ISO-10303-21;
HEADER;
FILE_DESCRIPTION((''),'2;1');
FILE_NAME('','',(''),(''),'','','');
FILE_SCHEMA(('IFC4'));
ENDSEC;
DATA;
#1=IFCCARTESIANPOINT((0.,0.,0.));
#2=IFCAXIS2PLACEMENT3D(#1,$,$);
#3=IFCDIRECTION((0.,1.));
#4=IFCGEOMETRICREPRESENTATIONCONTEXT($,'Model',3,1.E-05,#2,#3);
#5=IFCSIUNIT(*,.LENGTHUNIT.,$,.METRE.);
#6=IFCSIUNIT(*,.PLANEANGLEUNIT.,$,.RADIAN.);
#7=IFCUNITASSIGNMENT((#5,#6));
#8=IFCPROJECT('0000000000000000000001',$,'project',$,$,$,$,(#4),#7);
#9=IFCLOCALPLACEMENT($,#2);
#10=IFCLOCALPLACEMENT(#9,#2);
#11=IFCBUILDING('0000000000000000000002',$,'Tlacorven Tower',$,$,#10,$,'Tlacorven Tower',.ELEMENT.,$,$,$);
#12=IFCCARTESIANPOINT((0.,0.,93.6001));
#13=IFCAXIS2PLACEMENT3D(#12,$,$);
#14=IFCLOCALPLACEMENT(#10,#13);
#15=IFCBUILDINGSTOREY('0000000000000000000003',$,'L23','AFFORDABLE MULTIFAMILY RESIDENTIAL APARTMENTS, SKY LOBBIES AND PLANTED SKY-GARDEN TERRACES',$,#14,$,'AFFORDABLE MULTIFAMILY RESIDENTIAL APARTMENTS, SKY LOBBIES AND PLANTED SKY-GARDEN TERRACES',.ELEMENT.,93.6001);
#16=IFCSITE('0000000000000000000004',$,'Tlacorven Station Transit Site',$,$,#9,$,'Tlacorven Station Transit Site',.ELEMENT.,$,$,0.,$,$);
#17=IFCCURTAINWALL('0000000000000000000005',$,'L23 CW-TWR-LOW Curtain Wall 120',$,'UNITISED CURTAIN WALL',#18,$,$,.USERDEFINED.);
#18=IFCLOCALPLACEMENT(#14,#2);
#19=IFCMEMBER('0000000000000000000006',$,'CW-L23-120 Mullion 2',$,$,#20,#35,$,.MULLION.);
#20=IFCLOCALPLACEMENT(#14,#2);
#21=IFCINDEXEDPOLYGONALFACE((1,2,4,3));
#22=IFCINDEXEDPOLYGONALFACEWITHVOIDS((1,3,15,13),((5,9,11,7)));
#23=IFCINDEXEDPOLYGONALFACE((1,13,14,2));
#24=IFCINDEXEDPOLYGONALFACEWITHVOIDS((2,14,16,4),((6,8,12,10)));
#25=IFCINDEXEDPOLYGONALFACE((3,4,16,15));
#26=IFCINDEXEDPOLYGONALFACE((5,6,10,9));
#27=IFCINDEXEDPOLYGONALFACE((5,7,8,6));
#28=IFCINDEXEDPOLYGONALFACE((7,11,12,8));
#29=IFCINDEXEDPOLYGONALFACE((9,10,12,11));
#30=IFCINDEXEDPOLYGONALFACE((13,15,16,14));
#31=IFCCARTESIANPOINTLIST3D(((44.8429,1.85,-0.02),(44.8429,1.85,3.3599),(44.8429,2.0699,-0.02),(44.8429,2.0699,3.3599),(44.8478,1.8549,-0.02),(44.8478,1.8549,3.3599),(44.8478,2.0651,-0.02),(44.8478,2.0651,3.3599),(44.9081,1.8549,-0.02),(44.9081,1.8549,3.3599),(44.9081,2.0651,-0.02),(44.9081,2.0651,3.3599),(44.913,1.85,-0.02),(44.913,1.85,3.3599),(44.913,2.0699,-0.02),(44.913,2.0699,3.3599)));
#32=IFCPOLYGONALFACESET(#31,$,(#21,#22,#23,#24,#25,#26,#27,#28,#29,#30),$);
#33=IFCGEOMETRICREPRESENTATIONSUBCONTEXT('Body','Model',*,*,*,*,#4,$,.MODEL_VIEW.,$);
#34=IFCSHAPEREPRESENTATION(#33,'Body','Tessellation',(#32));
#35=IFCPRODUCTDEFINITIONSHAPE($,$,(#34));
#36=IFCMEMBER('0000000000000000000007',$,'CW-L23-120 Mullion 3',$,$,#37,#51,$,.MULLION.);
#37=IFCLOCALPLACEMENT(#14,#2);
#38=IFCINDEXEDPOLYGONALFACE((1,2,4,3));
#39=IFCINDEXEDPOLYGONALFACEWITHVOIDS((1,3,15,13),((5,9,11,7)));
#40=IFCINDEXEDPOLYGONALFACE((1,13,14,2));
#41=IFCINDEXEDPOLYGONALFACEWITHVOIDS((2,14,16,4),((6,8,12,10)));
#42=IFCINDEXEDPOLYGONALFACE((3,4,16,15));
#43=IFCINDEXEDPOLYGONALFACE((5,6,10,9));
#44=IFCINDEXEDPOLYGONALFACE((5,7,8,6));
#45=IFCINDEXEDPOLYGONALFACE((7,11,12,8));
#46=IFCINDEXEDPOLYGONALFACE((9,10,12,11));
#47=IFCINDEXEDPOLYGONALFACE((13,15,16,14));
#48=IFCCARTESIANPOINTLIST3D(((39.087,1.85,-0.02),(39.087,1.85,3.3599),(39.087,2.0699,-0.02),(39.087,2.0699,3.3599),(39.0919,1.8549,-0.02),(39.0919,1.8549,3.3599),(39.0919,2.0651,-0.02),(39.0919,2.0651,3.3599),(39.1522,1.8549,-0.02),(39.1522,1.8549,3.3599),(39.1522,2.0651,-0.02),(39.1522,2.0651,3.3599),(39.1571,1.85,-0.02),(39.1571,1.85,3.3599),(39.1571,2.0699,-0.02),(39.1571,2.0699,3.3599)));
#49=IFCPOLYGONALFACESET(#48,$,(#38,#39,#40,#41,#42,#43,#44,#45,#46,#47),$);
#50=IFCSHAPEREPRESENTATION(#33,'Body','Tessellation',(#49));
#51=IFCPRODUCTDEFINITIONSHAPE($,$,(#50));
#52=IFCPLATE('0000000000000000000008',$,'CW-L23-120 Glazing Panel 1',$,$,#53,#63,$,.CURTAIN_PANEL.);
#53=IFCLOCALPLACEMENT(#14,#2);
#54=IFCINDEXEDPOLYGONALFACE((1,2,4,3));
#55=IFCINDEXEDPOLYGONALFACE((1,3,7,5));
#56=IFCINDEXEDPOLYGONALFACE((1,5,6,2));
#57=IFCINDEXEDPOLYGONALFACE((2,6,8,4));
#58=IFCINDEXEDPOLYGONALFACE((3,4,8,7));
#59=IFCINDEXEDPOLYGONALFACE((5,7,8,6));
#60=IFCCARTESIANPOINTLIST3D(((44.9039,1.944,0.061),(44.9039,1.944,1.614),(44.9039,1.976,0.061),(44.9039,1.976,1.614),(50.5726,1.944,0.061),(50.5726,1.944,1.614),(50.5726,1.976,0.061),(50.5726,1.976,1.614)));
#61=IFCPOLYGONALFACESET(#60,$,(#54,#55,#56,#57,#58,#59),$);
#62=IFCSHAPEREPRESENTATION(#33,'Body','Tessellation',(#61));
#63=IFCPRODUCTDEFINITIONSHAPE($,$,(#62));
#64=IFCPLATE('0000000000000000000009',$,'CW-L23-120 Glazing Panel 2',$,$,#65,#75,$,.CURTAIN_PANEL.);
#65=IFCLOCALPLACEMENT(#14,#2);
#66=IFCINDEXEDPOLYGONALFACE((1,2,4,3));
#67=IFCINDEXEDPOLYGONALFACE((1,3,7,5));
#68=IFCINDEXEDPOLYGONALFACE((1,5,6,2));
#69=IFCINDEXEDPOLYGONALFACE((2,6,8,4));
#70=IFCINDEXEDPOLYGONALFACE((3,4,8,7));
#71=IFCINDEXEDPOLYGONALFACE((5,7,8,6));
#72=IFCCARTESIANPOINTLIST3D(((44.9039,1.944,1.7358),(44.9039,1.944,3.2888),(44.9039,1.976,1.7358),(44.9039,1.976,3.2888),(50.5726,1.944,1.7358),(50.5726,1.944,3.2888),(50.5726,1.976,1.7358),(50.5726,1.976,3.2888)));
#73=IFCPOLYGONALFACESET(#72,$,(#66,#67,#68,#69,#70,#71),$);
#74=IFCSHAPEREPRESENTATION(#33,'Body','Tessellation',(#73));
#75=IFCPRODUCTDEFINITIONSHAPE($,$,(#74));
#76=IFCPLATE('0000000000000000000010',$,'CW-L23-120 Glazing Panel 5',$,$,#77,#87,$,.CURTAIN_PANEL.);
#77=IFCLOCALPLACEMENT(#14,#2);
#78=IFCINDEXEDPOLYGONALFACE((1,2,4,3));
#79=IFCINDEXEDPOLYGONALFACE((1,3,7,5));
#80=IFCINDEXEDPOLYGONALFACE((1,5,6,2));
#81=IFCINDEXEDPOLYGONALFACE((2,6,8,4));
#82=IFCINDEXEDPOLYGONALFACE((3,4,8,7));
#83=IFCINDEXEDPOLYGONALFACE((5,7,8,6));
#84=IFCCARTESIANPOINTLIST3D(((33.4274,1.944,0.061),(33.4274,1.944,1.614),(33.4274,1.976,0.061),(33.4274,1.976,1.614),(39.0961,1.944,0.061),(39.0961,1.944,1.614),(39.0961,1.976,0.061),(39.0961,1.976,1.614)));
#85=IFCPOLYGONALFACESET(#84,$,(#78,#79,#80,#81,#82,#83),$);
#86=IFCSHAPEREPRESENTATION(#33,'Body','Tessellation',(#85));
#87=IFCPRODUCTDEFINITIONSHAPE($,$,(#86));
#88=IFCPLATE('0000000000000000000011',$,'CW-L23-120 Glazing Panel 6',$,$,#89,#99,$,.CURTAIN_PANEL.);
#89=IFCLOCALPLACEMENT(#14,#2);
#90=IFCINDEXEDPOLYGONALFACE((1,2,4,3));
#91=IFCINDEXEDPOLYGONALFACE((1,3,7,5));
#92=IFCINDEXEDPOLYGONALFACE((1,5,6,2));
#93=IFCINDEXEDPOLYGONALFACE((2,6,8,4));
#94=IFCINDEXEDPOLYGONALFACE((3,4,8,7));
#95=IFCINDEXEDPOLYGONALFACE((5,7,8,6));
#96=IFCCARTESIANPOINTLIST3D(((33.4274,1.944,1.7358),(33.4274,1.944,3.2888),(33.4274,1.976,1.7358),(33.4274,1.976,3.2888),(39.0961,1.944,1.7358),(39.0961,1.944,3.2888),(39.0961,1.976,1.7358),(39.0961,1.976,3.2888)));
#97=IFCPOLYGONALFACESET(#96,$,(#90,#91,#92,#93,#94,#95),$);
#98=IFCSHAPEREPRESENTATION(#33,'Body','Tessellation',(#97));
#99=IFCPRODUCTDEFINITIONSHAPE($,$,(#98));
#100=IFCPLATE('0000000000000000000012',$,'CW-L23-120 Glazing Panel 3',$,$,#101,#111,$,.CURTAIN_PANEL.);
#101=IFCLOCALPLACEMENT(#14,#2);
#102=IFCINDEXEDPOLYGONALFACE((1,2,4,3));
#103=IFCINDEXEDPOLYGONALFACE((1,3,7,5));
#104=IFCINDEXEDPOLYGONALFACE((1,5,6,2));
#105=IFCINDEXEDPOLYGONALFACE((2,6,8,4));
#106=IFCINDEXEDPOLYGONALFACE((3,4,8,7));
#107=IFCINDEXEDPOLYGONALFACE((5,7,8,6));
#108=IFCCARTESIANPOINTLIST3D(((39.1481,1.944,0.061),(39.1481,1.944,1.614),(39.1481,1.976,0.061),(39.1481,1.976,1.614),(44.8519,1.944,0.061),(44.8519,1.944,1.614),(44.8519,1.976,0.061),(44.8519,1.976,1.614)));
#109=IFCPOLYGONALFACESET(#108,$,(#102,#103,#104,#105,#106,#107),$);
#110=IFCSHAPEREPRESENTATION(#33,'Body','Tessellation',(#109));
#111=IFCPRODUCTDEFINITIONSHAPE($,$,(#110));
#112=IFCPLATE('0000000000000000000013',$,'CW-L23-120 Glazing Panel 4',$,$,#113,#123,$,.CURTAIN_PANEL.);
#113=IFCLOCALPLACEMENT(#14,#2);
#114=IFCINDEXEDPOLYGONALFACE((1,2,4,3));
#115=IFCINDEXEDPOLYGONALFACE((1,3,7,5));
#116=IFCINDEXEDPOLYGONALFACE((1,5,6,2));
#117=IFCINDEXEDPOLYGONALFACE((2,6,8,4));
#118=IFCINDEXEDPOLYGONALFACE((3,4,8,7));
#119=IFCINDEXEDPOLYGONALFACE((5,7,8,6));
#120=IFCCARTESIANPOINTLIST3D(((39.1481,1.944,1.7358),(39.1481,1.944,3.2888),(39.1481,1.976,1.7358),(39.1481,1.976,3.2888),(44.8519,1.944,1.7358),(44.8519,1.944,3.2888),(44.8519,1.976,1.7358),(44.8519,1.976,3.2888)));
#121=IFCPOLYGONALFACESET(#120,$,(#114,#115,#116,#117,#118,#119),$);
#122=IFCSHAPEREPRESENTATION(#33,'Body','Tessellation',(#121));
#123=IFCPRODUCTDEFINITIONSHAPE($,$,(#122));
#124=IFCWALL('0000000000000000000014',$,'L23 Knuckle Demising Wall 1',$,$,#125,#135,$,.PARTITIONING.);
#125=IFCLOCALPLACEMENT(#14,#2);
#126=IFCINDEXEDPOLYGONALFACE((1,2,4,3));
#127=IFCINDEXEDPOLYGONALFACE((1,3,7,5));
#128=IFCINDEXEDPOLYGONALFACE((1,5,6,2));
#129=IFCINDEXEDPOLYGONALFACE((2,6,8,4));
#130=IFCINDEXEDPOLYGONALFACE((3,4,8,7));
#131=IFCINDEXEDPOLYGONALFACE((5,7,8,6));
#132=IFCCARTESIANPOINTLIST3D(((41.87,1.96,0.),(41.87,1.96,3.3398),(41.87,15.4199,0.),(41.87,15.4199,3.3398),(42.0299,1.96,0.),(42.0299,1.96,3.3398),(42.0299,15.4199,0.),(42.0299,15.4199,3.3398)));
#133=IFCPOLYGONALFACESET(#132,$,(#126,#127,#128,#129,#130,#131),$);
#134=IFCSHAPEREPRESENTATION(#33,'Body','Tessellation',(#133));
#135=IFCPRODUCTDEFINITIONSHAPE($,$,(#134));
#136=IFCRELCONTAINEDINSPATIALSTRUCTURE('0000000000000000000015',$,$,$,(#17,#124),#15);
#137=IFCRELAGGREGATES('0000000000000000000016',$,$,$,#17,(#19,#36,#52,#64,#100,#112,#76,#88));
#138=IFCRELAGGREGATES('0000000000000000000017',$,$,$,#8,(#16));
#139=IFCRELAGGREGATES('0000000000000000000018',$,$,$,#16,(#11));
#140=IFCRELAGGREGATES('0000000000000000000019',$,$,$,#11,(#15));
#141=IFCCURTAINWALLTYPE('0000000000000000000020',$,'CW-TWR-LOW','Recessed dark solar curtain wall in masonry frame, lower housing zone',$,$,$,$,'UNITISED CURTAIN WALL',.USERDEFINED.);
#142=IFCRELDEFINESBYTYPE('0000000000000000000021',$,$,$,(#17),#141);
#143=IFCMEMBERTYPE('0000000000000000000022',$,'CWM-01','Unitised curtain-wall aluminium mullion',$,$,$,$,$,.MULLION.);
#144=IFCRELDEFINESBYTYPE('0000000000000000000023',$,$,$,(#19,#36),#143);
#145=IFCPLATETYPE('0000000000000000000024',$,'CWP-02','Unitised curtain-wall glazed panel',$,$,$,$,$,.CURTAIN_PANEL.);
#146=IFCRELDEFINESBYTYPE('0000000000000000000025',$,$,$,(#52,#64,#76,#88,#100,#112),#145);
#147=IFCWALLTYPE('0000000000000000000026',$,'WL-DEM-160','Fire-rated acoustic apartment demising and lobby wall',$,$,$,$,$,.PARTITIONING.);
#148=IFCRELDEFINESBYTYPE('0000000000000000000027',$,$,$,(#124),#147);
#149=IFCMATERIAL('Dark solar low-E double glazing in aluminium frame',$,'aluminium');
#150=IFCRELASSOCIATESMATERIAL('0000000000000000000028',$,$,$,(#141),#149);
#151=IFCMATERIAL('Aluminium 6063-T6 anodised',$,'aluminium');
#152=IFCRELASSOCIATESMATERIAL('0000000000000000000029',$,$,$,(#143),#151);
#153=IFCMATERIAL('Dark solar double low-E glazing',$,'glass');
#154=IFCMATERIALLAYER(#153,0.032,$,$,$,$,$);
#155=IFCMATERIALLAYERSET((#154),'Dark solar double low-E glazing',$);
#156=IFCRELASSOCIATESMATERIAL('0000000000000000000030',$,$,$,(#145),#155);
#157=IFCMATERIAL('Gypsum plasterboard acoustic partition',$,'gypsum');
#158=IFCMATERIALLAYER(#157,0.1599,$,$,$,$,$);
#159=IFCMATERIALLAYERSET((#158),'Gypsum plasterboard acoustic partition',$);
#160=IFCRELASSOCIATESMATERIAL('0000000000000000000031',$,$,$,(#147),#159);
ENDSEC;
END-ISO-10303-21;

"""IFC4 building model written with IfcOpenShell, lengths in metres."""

from ifc_helpers import new_model, si_unit, direction, frame, frame_2d, origin, origin_2d, place, context, subcontext, project, spatial, rectangle, hollow_rectangle, extrude, source, transform, mapped, material, layer, layer_set, material_profile, profile_set, type_object, element, aggregate, save


model = new_model("IFC4")

# Units and contexts
model_context = context("Model", 3, precision=1e-05, world=origin(), true_north=direction((0.0, 1.0)))
body_context = subcontext(model_context, "Body", "Model", "MODEL_VIEW")
ifc_project = project(units=[si_unit("LENGTHUNIT", "METRE"), si_unit("PLANEANGLEUNIT", "RADIAN")], contexts=[model_context])

# Site, building, storey
site_placement = place(None, origin())
site = spatial("IfcSite", under=ifc_project, at=site_placement, Name="Tlacorven Station Transit Site", LongName="Tlacorven Station Transit Site", CompositionType="ELEMENT", RefElevation=0.0)
building_placement = place(site_placement, origin())
building = spatial("IfcBuilding", under=site, at=building_placement, Name="Tlacorven Tower", LongName="Tlacorven Tower", CompositionType="ELEMENT")
storey_placement = place(building_placement, frame((0.0, 0.0, 93.6001)))
storey = spatial("IfcBuildingStorey", under=building, at=storey_placement, Name="L23", Description="AFFORDABLE MULTIFAMILY RESIDENTIAL APARTMENTS, SKY LOBBIES AND PLANTED SKY-GARDEN TERRACES", LongName="AFFORDABLE MULTIFAMILY RESIDENTIAL APARTMENTS, SKY LOBBIES AND PLANTED SKY-GARDEN TERRACES", CompositionType="ELEMENT", Elevation=93.6001)

# Curtain wall
ifc_material_1 = material(Name="Dark solar low-E double glazing in aluminium frame", Category="aluminium")
curtain_wall_type = type_object("IfcCurtainWallType", Name="CW-TWR-LOW", Description="Recessed dark solar curtain wall in masonry frame, lower housing zone", ElementType="UNITISED CURTAIN WALL", PredefinedType="USERDEFINED", material=ifc_material_1)
curtain_wall_1_placement = place(storey_placement, origin())
curtain_wall_1 = element("IfcCurtainWall", 1, at=curtain_wall_1_placement, inside=storey, type_object=curtain_wall_type, Name="L23 CW-TWR-LOW Curtain Wall 120", ObjectType="UNITISED CURTAIN WALL", PredefinedType="USERDEFINED")
ifc_material_2 = material(Name="Aluminium 6063-T6 anodised", Category="aluminium")

# Shared definitions
ifc_material_profile_1 = material_profile(ifc_material_2, hollow_rectangle(XDim=0.0701, YDim=0.22, WallThickness=0.0049, at=origin_2d()), Name="ALU MULLION 70X220")
ifc_profile_set_1 = profile_set([ifc_material_profile_1], Name="Aluminium 6063-T6 anodised")
member_type_1 = type_object("IfcMemberType", Name="CWM-01", Description="Unitised curtain-wall aluminium mullion", PredefinedType="MULLION", material=ifc_profile_set_1)
shared_shape_1 = source(origin(), body_context, "Body", "SweptSolid", [
    extrude(hollow_rectangle(XDim=0.0701, YDim=0.22, WallThickness=0.0049, at=origin_2d()), origin(), (0.0, 0.0, 1.0), 3.3799),
])

# Members
member_1_placement = place(storey_placement, frame((44.8779, 1.96, -0.02), z_axis=(0.0, 0.0, 1.0), x_axis=(-1.0, 0.0, 0.0)))
member_1 = element("IfcMember", 2, at=member_1_placement, type_object=member_type_1, Name="CW-L23-120 Mullion 2", PredefinedType="MULLION", context=body_context, shape_type="MappedRepresentation", body=[
    mapped(shared_shape_1, transform((0.0, 0.0, 0.0), scale=1.0)),
])
member_2_placement = place(storey_placement, frame((39.1221, 1.96, -0.02), z_axis=(0.0, 0.0, 1.0), x_axis=(-1.0, 0.0, 0.0)))
member_2 = element("IfcMember", 3, at=member_2_placement, type_object=member_type_1, Name="CW-L23-120 Mullion 3", PredefinedType="MULLION", context=body_context, shape_type="MappedRepresentation", body=[
    mapped(shared_shape_1, transform((0.0, 0.0, 0.0), scale=1.0)),
])

# Plates
ifc_material_3 = material(Name="Dark solar double low-E glazing", Category="glass")
ifc_layer_1 = layer(ifc_material_3, 0.032)
ifc_layer_set_1 = layer_set([ifc_layer_1], Name="Dark solar double low-E glazing")
plate_type = type_object("IfcPlateType", Name="CWP-02", Description="Unitised curtain-wall glazed panel", PredefinedType="CURTAIN_PANEL", material=ifc_layer_set_1)
shared_shape_2 = source(origin(), body_context, "Body", "SweptSolid", [
    extrude(rectangle(XDim=5.6687, YDim=0.032, at=origin_2d()), origin(), (0.0, 0.0, 1.0), 1.553),
])
plate_1_placement = place(storey_placement, frame((47.7383, 1.96, 0.061), z_axis=(0.0, 0.0, 1.0), x_axis=(-1.0, 0.0, 0.0)))
plate_1 = element("IfcPlate", 4, at=plate_1_placement, type_object=plate_type, Name="CW-L23-120 Glazing Panel 1", PredefinedType="CURTAIN_PANEL", context=body_context, shape_type="MappedRepresentation", body=[
    mapped(shared_shape_2, transform((0.0, 0.0, 0.0), scale=1.0)),
])
plate_2_placement = place(storey_placement, frame((47.7383, 1.96, 1.7358), z_axis=(0.0, 0.0, 1.0), x_axis=(-1.0, 0.0, 0.0)))
plate_2 = element("IfcPlate", 5, at=plate_2_placement, type_object=plate_type, Name="CW-L23-120 Glazing Panel 2", PredefinedType="CURTAIN_PANEL", context=body_context, shape_type="MappedRepresentation", body=[
    mapped(shared_shape_2, transform((0.0, 0.0, 0.0), scale=1.0)),
])
plate_3_placement = place(storey_placement, frame((36.2617, 1.96, 0.061), z_axis=(0.0, 0.0, 1.0), x_axis=(-1.0, 0.0, 0.0)))
plate_3 = element("IfcPlate", 6, at=plate_3_placement, type_object=plate_type, Name="CW-L23-120 Glazing Panel 5", PredefinedType="CURTAIN_PANEL", context=body_context, shape_type="MappedRepresentation", body=[
    mapped(shared_shape_2, transform((0.0, 0.0, 0.0), scale=1.0)),
])
plate_4_placement = place(storey_placement, frame((36.2617, 1.96, 1.7358), z_axis=(0.0, 0.0, 1.0), x_axis=(-1.0, 0.0, 0.0)))
plate_4 = element("IfcPlate", 7, at=plate_4_placement, type_object=plate_type, Name="CW-L23-120 Glazing Panel 6", PredefinedType="CURTAIN_PANEL", context=body_context, shape_type="MappedRepresentation", body=[
    mapped(shared_shape_2, transform((0.0, 0.0, 0.0), scale=1.0)),
])
shared_shape_3 = source(origin(), body_context, "Body", "SweptSolid", [
    extrude(rectangle(XDim=5.7039, YDim=0.032, at=origin_2d()), origin(), (0.0, 0.0, 1.0), 1.553),
])
plate_5_placement = place(storey_placement, frame((42.0, 1.96, 0.061), z_axis=(0.0, 0.0, 1.0), x_axis=(-1.0, 0.0, 0.0)))
plate_5 = element("IfcPlate", 8, at=plate_5_placement, type_object=plate_type, Name="CW-L23-120 Glazing Panel 3", PredefinedType="CURTAIN_PANEL", context=body_context, shape_type="MappedRepresentation", body=[
    mapped(shared_shape_3, transform((0.0, 0.0, 0.0), scale=1.0)),
])
plate_6_placement = place(storey_placement, frame((42.0, 1.96, 1.7358), z_axis=(0.0, 0.0, 1.0), x_axis=(-1.0, 0.0, 0.0)))
plate_6 = element("IfcPlate", 9, at=plate_6_placement, type_object=plate_type, Name="CW-L23-120 Glazing Panel 4", PredefinedType="CURTAIN_PANEL", context=body_context, shape_type="MappedRepresentation", body=[
    mapped(shared_shape_3, transform((0.0, 0.0, 0.0), scale=1.0)),
])
aggregate(curtain_wall_1, [member_1, member_2, plate_1, plate_2, plate_5, plate_6, plate_3, plate_4])

# Wall
ifc_material_4 = material(Name="Gypsum plasterboard acoustic partition", Category="gypsum")
ifc_layer_2 = layer(ifc_material_4, 0.1599)
ifc_layer_set_2 = layer_set([ifc_layer_2], Name="Gypsum plasterboard acoustic partition")
wall_type_1 = type_object("IfcWallType", Name="WL-DEM-160", Description="Fire-rated acoustic apartment demising and lobby wall", PredefinedType="PARTITIONING", material=ifc_layer_set_2)
wall_1_placement = place(storey_placement, frame((41.95, 1.96, 0.0), z_axis=(0.0, 0.0, 1.0), x_axis=(0.0, 1.0, 0.0)))
element("IfcWall", 10, at=wall_1_placement, inside=storey, type_object=wall_type_1, Name="L23 Knuckle Demising Wall 1", PredefinedType="PARTITIONING", context=body_context, shape_type="SweptSolid", body=[
    extrude(rectangle(XDim=13.46, YDim=0.1599, at=frame_2d((6.73, 0.0))), origin(), (0.0, 0.0, 1.0), 3.3398),
])

save(model, "model.ifc")
